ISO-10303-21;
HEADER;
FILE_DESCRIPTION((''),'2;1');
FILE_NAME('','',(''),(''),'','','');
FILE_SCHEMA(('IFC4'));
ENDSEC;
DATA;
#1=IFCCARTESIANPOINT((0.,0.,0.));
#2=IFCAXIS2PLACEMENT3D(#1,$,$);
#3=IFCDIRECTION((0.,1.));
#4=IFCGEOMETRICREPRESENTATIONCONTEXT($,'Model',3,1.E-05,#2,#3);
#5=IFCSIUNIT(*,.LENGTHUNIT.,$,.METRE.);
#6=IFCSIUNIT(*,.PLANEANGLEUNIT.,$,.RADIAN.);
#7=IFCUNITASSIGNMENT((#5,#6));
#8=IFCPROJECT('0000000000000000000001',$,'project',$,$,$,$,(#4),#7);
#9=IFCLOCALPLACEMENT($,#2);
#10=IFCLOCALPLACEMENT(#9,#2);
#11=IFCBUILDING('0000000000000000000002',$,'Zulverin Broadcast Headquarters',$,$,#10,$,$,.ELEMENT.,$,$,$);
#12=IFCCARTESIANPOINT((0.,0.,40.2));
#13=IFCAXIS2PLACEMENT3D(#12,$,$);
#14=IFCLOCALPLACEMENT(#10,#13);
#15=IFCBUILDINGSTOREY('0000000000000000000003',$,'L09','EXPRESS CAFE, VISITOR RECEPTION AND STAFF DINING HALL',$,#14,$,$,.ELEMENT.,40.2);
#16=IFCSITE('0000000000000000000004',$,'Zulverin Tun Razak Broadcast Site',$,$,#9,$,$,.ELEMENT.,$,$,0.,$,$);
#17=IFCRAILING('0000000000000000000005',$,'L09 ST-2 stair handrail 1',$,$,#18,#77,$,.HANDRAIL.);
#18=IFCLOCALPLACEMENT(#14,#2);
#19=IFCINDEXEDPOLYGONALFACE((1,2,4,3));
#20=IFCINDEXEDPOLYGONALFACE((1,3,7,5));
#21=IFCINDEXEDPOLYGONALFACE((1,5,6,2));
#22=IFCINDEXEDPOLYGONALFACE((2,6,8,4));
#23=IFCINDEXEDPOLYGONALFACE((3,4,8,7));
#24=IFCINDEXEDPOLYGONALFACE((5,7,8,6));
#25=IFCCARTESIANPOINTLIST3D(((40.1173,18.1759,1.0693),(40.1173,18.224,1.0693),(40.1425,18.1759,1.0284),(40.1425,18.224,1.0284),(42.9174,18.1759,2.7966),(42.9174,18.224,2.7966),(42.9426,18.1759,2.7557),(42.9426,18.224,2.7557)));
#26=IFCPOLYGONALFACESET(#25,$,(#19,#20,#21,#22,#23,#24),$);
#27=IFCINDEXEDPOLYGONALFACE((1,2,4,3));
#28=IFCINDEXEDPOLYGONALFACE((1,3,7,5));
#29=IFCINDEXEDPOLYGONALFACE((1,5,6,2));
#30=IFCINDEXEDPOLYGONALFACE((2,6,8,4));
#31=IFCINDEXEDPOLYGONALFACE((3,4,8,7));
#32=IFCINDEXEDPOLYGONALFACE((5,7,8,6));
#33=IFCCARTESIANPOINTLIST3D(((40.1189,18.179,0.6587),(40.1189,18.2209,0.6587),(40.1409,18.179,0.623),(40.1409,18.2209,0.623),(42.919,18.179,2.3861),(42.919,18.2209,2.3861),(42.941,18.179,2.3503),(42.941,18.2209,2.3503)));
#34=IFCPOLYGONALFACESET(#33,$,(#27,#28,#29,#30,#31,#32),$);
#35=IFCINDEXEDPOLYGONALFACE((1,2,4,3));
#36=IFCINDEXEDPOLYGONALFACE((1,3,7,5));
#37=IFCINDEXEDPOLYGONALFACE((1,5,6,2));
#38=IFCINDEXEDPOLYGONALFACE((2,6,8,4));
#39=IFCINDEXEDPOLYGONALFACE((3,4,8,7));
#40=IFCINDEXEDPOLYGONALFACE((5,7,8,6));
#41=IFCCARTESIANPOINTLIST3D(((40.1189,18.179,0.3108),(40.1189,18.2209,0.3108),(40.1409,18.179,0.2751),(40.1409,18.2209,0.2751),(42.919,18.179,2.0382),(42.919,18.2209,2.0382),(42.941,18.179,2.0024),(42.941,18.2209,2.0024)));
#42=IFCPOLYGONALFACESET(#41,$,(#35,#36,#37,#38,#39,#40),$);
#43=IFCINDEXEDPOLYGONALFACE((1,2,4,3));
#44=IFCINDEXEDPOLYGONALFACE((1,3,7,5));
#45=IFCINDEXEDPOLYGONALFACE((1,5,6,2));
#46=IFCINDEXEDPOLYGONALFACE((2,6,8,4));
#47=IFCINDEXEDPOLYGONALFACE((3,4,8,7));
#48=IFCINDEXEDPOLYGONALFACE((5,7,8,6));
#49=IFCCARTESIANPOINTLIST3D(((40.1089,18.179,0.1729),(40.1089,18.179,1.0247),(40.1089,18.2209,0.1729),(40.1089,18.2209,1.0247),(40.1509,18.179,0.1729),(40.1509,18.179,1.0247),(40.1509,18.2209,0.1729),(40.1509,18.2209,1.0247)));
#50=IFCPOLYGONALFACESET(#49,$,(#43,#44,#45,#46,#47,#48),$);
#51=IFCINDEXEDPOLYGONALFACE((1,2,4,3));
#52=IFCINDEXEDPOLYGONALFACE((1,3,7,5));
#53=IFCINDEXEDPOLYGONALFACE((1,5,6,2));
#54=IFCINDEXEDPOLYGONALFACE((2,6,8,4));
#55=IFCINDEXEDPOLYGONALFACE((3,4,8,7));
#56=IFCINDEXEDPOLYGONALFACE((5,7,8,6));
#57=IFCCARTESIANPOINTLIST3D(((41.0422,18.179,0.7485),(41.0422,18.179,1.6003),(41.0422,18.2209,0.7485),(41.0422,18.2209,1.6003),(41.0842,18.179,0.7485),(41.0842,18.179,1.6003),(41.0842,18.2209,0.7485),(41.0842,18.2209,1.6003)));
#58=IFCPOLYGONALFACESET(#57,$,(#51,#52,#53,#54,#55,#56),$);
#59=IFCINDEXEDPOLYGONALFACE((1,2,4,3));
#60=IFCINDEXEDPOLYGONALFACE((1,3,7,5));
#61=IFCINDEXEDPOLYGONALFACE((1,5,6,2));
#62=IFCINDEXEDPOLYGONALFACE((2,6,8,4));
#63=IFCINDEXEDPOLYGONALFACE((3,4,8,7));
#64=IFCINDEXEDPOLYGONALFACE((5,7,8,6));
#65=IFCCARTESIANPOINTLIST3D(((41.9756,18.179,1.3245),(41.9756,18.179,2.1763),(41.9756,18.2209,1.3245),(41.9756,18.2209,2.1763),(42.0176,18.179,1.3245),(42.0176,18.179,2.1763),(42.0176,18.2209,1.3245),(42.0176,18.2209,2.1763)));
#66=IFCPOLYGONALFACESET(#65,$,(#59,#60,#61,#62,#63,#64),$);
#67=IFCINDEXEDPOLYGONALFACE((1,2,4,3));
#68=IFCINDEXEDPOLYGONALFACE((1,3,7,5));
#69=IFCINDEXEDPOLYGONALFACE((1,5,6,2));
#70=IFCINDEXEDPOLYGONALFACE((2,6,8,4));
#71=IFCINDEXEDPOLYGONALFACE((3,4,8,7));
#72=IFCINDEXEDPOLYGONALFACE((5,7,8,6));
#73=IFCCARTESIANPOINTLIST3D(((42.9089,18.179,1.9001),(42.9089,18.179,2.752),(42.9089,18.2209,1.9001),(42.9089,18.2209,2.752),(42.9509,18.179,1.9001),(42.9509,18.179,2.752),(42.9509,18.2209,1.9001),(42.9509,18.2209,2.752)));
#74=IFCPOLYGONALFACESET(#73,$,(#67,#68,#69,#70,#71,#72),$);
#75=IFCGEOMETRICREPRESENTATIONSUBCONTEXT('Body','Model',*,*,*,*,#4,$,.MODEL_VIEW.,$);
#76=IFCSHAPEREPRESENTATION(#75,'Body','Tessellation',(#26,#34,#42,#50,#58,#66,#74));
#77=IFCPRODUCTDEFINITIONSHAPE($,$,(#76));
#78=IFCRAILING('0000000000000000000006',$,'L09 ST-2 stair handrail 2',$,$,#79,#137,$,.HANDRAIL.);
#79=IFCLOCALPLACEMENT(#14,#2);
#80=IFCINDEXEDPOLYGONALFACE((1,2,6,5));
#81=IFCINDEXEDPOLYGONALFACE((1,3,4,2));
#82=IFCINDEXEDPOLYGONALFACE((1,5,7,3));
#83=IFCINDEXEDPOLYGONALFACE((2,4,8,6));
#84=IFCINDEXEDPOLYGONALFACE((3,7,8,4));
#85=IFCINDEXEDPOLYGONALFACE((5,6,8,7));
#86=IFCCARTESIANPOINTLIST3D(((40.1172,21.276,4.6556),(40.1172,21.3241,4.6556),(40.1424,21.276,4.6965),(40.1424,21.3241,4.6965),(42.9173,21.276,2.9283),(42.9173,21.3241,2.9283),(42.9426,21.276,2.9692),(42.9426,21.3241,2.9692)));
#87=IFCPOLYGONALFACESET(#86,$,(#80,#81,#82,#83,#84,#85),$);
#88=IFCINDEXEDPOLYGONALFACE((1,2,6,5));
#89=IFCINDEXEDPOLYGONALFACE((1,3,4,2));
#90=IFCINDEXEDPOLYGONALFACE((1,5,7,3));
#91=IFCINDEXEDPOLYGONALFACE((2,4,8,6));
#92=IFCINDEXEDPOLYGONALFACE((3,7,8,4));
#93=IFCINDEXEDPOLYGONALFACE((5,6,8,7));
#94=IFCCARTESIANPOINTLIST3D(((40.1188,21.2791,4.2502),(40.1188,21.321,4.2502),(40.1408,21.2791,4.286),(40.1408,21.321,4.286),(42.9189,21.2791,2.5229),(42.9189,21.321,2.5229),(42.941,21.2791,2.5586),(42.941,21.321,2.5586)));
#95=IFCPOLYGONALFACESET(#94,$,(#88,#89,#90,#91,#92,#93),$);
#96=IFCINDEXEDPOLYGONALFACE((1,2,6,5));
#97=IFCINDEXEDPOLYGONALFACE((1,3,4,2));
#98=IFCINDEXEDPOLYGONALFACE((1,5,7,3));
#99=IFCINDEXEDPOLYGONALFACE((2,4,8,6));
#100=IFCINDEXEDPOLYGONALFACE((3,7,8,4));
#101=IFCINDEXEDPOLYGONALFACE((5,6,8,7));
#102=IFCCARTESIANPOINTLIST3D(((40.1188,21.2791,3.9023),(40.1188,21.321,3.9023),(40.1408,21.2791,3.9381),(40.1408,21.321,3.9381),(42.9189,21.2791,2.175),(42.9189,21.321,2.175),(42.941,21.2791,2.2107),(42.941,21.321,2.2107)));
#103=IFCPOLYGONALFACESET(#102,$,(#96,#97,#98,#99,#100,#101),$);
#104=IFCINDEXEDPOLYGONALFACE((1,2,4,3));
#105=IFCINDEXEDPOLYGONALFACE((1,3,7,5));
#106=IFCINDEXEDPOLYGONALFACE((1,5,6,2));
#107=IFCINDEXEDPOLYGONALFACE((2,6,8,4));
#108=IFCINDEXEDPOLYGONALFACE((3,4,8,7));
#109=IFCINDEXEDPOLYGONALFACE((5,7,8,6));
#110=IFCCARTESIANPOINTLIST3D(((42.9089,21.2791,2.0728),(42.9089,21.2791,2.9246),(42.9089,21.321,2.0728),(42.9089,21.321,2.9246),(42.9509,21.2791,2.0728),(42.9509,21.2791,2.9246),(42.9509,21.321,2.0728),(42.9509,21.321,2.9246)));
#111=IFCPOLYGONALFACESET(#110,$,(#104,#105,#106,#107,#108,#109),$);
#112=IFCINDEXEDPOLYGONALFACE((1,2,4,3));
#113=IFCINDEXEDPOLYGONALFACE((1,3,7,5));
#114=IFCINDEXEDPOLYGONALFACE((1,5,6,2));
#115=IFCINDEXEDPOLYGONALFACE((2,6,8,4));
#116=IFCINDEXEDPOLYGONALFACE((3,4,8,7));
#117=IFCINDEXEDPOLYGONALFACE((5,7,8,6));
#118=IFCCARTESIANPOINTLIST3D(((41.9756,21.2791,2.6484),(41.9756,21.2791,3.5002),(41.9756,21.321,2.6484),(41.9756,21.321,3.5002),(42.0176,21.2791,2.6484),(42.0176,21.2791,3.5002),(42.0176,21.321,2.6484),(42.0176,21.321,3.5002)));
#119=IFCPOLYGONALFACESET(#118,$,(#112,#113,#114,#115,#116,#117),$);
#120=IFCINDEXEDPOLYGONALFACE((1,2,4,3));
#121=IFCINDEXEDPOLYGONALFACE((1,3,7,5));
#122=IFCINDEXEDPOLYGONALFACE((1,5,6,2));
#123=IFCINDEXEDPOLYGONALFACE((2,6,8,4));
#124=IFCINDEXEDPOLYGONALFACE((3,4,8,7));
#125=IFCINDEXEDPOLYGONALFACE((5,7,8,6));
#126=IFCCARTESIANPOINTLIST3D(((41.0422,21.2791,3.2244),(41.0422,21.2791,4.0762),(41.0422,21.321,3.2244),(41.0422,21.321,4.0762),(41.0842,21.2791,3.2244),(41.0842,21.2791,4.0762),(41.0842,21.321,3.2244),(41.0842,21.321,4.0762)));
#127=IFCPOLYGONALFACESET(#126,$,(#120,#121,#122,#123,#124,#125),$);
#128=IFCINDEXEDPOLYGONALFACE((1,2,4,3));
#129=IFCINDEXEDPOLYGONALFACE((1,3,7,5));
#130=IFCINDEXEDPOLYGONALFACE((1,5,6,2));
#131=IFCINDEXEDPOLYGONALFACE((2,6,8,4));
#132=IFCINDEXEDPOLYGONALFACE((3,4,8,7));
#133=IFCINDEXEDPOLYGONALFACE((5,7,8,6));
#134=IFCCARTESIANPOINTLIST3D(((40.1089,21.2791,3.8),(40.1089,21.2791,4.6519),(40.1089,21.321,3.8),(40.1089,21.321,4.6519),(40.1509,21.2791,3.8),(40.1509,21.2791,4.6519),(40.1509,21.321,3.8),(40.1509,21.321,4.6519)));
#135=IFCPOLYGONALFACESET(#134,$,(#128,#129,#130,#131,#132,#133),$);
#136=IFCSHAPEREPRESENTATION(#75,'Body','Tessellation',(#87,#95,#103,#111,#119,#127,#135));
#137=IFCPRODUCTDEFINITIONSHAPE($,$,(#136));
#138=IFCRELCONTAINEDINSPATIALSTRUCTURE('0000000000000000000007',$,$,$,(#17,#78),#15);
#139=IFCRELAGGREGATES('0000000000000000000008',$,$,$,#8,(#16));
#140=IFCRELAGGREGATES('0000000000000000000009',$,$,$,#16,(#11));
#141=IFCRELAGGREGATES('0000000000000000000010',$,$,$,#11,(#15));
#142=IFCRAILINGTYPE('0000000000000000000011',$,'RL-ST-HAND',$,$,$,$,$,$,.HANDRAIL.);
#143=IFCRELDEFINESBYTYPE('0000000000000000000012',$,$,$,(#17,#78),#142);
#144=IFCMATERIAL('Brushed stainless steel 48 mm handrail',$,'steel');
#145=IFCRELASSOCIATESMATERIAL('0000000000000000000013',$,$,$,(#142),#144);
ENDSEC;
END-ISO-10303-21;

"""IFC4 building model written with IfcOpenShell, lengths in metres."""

from ifc_helpers import new_model, si_unit, direction, frame, origin, origin_2d, place, context, subcontext, project, spatial, rectangle, extrude, material, type_object, element, save


model = new_model("IFC4")

# Units and contexts
model_context = context("Model", 3, precision=1e-05, world=origin(), true_north=direction((0.0, 1.0)))
body_context = subcontext(model_context, "Body", "Model", "MODEL_VIEW")
ifc_project = project(units=[si_unit("LENGTHUNIT", "METRE"), si_unit("PLANEANGLEUNIT", "RADIAN")], contexts=[model_context])

# Site, building, storey
site_placement = place(None, origin())
site = spatial("IfcSite", under=ifc_project, at=site_placement, Name="Zulverin Tun Razak Broadcast Site", CompositionType="ELEMENT", RefElevation=0.0)
building_placement = place(site_placement, origin())
building = spatial("IfcBuilding", under=site, at=building_placement, Name="Zulverin Broadcast Headquarters", CompositionType="ELEMENT")
storey_placement = place(building_placement, frame((0.0, 0.0, 40.2)))
storey = spatial("IfcBuildingStorey", under=building, at=storey_placement, Name="L09", Description="EXPRESS CAFE, VISITOR RECEPTION AND STAFF DINING HALL", CompositionType="ELEMENT", Elevation=40.2)

# Railings
ifc_material_1 = material(Name="Brushed stainless steel 48 mm handrail", Category="steel")
railing_type_1 = type_object("IfcRailingType", Name="RL-ST-HAND", PredefinedType="HANDRAIL", material=ifc_material_1)
railing_1_placement = place(storey_placement, frame((40.1299, 18.2, 0.1729)))
element("IfcRailing", 1, at=railing_1_placement, inside=storey, type_object=railing_type_1, Name="L09 ST-2 stair handrail 1", PredefinedType="HANDRAIL", context=body_context, shape_type="SweptSolid", body=[
    extrude(rectangle(XDim=0.0481, YDim=0.0481, at=origin_2d()), frame((0.0, 0.0, 0.876), z_axis=(0.85109, 0.0, 0.52502), x_axis=(0.0, 1.0, 0.0)), (0.0, 0.0, 1.0), 3.29),
    extrude(rectangle(XDim=0.042, YDim=0.042, at=origin_2d()), frame((0.0, 0.0, 0.468), z_axis=(0.85109, 0.0, 0.52502), x_axis=(0.0, 1.0, 0.0)), (0.0, 0.0, 1.0), 3.29),
    extrude(rectangle(XDim=0.042, YDim=0.042, at=origin_2d()), frame((0.0, 0.0, 0.1201), z_axis=(0.85109, 0.0, 0.52502), x_axis=(0.0, 1.0, 0.0)), (0.0, 0.0, 1.0), 3.29),
    extrude(rectangle(XDim=0.042, YDim=0.042, at=origin_2d()), origin(), (0.0, 0.0, 1.0), 0.8518),
    extrude(rectangle(XDim=0.042, YDim=0.042, at=origin_2d()), frame((0.9333, 0.0, 0.5757)), (0.0, 0.0, 1.0), 0.8518),
    extrude(rectangle(XDim=0.042, YDim=0.042, at=origin_2d()), frame((1.8667, 0.0, 1.1516)), (0.0, 0.0, 1.0), 0.8518),
    extrude(rectangle(XDim=0.042, YDim=0.042, at=origin_2d()), frame((2.8, 0.0, 1.7273)), (0.0, 0.0, 1.0), 0.8518),
])
railing_2_placement = place(storey_placement, frame((42.9299, 21.3, 2.0728)))
element("IfcRailing", 2, at=railing_2_placement, inside=storey, type_object=railing_type_1, Name="L09 ST-2 stair handrail 2", PredefinedType="HANDRAIL", context=body_context, shape_type="SweptSolid", body=[
    extrude(rectangle(XDim=0.0481, YDim=0.0481, at=origin_2d()), frame((0.0, 0.0, 0.876), z_axis=(-0.85109, 0.0, 0.52502), x_axis=(0.0, -1.0, 0.0)), (0.0, 0.0, 1.0), 3.29),
    extrude(rectangle(XDim=0.042, YDim=0.042, at=origin_2d()), frame((0.0, 0.0, 0.468), z_axis=(-0.85109, 0.0, 0.52502), x_axis=(0.0, -1.0, 0.0)), (0.0, 0.0, 1.0), 3.29),
    extrude(rectangle(XDim=0.042, YDim=0.042, at=origin_2d()), frame((0.0, 0.0, 0.1201), z_axis=(-0.85109, 0.0, 0.52502), x_axis=(0.0, -1.0, 0.0)), (0.0, 0.0, 1.0), 3.29),
    extrude(rectangle(XDim=0.042, YDim=0.042, at=origin_2d()), origin(), (0.0, 0.0, 1.0), 0.8518),
    extrude(rectangle(XDim=0.042, YDim=0.042, at=origin_2d()), frame((-0.9333, 0.0, 0.5757)), (0.0, 0.0, 1.0), 0.8518),
    extrude(rectangle(XDim=0.042, YDim=0.042, at=origin_2d()), frame((-1.8667, 0.0, 1.1516)), (0.0, 0.0, 1.0), 0.8518),
    extrude(rectangle(XDim=0.042, YDim=0.042, at=origin_2d()), frame((-2.8, 0.0, 1.7273)), (0.0, 0.0, 1.0), 0.8518),
])

save(model, "model.ifc")
